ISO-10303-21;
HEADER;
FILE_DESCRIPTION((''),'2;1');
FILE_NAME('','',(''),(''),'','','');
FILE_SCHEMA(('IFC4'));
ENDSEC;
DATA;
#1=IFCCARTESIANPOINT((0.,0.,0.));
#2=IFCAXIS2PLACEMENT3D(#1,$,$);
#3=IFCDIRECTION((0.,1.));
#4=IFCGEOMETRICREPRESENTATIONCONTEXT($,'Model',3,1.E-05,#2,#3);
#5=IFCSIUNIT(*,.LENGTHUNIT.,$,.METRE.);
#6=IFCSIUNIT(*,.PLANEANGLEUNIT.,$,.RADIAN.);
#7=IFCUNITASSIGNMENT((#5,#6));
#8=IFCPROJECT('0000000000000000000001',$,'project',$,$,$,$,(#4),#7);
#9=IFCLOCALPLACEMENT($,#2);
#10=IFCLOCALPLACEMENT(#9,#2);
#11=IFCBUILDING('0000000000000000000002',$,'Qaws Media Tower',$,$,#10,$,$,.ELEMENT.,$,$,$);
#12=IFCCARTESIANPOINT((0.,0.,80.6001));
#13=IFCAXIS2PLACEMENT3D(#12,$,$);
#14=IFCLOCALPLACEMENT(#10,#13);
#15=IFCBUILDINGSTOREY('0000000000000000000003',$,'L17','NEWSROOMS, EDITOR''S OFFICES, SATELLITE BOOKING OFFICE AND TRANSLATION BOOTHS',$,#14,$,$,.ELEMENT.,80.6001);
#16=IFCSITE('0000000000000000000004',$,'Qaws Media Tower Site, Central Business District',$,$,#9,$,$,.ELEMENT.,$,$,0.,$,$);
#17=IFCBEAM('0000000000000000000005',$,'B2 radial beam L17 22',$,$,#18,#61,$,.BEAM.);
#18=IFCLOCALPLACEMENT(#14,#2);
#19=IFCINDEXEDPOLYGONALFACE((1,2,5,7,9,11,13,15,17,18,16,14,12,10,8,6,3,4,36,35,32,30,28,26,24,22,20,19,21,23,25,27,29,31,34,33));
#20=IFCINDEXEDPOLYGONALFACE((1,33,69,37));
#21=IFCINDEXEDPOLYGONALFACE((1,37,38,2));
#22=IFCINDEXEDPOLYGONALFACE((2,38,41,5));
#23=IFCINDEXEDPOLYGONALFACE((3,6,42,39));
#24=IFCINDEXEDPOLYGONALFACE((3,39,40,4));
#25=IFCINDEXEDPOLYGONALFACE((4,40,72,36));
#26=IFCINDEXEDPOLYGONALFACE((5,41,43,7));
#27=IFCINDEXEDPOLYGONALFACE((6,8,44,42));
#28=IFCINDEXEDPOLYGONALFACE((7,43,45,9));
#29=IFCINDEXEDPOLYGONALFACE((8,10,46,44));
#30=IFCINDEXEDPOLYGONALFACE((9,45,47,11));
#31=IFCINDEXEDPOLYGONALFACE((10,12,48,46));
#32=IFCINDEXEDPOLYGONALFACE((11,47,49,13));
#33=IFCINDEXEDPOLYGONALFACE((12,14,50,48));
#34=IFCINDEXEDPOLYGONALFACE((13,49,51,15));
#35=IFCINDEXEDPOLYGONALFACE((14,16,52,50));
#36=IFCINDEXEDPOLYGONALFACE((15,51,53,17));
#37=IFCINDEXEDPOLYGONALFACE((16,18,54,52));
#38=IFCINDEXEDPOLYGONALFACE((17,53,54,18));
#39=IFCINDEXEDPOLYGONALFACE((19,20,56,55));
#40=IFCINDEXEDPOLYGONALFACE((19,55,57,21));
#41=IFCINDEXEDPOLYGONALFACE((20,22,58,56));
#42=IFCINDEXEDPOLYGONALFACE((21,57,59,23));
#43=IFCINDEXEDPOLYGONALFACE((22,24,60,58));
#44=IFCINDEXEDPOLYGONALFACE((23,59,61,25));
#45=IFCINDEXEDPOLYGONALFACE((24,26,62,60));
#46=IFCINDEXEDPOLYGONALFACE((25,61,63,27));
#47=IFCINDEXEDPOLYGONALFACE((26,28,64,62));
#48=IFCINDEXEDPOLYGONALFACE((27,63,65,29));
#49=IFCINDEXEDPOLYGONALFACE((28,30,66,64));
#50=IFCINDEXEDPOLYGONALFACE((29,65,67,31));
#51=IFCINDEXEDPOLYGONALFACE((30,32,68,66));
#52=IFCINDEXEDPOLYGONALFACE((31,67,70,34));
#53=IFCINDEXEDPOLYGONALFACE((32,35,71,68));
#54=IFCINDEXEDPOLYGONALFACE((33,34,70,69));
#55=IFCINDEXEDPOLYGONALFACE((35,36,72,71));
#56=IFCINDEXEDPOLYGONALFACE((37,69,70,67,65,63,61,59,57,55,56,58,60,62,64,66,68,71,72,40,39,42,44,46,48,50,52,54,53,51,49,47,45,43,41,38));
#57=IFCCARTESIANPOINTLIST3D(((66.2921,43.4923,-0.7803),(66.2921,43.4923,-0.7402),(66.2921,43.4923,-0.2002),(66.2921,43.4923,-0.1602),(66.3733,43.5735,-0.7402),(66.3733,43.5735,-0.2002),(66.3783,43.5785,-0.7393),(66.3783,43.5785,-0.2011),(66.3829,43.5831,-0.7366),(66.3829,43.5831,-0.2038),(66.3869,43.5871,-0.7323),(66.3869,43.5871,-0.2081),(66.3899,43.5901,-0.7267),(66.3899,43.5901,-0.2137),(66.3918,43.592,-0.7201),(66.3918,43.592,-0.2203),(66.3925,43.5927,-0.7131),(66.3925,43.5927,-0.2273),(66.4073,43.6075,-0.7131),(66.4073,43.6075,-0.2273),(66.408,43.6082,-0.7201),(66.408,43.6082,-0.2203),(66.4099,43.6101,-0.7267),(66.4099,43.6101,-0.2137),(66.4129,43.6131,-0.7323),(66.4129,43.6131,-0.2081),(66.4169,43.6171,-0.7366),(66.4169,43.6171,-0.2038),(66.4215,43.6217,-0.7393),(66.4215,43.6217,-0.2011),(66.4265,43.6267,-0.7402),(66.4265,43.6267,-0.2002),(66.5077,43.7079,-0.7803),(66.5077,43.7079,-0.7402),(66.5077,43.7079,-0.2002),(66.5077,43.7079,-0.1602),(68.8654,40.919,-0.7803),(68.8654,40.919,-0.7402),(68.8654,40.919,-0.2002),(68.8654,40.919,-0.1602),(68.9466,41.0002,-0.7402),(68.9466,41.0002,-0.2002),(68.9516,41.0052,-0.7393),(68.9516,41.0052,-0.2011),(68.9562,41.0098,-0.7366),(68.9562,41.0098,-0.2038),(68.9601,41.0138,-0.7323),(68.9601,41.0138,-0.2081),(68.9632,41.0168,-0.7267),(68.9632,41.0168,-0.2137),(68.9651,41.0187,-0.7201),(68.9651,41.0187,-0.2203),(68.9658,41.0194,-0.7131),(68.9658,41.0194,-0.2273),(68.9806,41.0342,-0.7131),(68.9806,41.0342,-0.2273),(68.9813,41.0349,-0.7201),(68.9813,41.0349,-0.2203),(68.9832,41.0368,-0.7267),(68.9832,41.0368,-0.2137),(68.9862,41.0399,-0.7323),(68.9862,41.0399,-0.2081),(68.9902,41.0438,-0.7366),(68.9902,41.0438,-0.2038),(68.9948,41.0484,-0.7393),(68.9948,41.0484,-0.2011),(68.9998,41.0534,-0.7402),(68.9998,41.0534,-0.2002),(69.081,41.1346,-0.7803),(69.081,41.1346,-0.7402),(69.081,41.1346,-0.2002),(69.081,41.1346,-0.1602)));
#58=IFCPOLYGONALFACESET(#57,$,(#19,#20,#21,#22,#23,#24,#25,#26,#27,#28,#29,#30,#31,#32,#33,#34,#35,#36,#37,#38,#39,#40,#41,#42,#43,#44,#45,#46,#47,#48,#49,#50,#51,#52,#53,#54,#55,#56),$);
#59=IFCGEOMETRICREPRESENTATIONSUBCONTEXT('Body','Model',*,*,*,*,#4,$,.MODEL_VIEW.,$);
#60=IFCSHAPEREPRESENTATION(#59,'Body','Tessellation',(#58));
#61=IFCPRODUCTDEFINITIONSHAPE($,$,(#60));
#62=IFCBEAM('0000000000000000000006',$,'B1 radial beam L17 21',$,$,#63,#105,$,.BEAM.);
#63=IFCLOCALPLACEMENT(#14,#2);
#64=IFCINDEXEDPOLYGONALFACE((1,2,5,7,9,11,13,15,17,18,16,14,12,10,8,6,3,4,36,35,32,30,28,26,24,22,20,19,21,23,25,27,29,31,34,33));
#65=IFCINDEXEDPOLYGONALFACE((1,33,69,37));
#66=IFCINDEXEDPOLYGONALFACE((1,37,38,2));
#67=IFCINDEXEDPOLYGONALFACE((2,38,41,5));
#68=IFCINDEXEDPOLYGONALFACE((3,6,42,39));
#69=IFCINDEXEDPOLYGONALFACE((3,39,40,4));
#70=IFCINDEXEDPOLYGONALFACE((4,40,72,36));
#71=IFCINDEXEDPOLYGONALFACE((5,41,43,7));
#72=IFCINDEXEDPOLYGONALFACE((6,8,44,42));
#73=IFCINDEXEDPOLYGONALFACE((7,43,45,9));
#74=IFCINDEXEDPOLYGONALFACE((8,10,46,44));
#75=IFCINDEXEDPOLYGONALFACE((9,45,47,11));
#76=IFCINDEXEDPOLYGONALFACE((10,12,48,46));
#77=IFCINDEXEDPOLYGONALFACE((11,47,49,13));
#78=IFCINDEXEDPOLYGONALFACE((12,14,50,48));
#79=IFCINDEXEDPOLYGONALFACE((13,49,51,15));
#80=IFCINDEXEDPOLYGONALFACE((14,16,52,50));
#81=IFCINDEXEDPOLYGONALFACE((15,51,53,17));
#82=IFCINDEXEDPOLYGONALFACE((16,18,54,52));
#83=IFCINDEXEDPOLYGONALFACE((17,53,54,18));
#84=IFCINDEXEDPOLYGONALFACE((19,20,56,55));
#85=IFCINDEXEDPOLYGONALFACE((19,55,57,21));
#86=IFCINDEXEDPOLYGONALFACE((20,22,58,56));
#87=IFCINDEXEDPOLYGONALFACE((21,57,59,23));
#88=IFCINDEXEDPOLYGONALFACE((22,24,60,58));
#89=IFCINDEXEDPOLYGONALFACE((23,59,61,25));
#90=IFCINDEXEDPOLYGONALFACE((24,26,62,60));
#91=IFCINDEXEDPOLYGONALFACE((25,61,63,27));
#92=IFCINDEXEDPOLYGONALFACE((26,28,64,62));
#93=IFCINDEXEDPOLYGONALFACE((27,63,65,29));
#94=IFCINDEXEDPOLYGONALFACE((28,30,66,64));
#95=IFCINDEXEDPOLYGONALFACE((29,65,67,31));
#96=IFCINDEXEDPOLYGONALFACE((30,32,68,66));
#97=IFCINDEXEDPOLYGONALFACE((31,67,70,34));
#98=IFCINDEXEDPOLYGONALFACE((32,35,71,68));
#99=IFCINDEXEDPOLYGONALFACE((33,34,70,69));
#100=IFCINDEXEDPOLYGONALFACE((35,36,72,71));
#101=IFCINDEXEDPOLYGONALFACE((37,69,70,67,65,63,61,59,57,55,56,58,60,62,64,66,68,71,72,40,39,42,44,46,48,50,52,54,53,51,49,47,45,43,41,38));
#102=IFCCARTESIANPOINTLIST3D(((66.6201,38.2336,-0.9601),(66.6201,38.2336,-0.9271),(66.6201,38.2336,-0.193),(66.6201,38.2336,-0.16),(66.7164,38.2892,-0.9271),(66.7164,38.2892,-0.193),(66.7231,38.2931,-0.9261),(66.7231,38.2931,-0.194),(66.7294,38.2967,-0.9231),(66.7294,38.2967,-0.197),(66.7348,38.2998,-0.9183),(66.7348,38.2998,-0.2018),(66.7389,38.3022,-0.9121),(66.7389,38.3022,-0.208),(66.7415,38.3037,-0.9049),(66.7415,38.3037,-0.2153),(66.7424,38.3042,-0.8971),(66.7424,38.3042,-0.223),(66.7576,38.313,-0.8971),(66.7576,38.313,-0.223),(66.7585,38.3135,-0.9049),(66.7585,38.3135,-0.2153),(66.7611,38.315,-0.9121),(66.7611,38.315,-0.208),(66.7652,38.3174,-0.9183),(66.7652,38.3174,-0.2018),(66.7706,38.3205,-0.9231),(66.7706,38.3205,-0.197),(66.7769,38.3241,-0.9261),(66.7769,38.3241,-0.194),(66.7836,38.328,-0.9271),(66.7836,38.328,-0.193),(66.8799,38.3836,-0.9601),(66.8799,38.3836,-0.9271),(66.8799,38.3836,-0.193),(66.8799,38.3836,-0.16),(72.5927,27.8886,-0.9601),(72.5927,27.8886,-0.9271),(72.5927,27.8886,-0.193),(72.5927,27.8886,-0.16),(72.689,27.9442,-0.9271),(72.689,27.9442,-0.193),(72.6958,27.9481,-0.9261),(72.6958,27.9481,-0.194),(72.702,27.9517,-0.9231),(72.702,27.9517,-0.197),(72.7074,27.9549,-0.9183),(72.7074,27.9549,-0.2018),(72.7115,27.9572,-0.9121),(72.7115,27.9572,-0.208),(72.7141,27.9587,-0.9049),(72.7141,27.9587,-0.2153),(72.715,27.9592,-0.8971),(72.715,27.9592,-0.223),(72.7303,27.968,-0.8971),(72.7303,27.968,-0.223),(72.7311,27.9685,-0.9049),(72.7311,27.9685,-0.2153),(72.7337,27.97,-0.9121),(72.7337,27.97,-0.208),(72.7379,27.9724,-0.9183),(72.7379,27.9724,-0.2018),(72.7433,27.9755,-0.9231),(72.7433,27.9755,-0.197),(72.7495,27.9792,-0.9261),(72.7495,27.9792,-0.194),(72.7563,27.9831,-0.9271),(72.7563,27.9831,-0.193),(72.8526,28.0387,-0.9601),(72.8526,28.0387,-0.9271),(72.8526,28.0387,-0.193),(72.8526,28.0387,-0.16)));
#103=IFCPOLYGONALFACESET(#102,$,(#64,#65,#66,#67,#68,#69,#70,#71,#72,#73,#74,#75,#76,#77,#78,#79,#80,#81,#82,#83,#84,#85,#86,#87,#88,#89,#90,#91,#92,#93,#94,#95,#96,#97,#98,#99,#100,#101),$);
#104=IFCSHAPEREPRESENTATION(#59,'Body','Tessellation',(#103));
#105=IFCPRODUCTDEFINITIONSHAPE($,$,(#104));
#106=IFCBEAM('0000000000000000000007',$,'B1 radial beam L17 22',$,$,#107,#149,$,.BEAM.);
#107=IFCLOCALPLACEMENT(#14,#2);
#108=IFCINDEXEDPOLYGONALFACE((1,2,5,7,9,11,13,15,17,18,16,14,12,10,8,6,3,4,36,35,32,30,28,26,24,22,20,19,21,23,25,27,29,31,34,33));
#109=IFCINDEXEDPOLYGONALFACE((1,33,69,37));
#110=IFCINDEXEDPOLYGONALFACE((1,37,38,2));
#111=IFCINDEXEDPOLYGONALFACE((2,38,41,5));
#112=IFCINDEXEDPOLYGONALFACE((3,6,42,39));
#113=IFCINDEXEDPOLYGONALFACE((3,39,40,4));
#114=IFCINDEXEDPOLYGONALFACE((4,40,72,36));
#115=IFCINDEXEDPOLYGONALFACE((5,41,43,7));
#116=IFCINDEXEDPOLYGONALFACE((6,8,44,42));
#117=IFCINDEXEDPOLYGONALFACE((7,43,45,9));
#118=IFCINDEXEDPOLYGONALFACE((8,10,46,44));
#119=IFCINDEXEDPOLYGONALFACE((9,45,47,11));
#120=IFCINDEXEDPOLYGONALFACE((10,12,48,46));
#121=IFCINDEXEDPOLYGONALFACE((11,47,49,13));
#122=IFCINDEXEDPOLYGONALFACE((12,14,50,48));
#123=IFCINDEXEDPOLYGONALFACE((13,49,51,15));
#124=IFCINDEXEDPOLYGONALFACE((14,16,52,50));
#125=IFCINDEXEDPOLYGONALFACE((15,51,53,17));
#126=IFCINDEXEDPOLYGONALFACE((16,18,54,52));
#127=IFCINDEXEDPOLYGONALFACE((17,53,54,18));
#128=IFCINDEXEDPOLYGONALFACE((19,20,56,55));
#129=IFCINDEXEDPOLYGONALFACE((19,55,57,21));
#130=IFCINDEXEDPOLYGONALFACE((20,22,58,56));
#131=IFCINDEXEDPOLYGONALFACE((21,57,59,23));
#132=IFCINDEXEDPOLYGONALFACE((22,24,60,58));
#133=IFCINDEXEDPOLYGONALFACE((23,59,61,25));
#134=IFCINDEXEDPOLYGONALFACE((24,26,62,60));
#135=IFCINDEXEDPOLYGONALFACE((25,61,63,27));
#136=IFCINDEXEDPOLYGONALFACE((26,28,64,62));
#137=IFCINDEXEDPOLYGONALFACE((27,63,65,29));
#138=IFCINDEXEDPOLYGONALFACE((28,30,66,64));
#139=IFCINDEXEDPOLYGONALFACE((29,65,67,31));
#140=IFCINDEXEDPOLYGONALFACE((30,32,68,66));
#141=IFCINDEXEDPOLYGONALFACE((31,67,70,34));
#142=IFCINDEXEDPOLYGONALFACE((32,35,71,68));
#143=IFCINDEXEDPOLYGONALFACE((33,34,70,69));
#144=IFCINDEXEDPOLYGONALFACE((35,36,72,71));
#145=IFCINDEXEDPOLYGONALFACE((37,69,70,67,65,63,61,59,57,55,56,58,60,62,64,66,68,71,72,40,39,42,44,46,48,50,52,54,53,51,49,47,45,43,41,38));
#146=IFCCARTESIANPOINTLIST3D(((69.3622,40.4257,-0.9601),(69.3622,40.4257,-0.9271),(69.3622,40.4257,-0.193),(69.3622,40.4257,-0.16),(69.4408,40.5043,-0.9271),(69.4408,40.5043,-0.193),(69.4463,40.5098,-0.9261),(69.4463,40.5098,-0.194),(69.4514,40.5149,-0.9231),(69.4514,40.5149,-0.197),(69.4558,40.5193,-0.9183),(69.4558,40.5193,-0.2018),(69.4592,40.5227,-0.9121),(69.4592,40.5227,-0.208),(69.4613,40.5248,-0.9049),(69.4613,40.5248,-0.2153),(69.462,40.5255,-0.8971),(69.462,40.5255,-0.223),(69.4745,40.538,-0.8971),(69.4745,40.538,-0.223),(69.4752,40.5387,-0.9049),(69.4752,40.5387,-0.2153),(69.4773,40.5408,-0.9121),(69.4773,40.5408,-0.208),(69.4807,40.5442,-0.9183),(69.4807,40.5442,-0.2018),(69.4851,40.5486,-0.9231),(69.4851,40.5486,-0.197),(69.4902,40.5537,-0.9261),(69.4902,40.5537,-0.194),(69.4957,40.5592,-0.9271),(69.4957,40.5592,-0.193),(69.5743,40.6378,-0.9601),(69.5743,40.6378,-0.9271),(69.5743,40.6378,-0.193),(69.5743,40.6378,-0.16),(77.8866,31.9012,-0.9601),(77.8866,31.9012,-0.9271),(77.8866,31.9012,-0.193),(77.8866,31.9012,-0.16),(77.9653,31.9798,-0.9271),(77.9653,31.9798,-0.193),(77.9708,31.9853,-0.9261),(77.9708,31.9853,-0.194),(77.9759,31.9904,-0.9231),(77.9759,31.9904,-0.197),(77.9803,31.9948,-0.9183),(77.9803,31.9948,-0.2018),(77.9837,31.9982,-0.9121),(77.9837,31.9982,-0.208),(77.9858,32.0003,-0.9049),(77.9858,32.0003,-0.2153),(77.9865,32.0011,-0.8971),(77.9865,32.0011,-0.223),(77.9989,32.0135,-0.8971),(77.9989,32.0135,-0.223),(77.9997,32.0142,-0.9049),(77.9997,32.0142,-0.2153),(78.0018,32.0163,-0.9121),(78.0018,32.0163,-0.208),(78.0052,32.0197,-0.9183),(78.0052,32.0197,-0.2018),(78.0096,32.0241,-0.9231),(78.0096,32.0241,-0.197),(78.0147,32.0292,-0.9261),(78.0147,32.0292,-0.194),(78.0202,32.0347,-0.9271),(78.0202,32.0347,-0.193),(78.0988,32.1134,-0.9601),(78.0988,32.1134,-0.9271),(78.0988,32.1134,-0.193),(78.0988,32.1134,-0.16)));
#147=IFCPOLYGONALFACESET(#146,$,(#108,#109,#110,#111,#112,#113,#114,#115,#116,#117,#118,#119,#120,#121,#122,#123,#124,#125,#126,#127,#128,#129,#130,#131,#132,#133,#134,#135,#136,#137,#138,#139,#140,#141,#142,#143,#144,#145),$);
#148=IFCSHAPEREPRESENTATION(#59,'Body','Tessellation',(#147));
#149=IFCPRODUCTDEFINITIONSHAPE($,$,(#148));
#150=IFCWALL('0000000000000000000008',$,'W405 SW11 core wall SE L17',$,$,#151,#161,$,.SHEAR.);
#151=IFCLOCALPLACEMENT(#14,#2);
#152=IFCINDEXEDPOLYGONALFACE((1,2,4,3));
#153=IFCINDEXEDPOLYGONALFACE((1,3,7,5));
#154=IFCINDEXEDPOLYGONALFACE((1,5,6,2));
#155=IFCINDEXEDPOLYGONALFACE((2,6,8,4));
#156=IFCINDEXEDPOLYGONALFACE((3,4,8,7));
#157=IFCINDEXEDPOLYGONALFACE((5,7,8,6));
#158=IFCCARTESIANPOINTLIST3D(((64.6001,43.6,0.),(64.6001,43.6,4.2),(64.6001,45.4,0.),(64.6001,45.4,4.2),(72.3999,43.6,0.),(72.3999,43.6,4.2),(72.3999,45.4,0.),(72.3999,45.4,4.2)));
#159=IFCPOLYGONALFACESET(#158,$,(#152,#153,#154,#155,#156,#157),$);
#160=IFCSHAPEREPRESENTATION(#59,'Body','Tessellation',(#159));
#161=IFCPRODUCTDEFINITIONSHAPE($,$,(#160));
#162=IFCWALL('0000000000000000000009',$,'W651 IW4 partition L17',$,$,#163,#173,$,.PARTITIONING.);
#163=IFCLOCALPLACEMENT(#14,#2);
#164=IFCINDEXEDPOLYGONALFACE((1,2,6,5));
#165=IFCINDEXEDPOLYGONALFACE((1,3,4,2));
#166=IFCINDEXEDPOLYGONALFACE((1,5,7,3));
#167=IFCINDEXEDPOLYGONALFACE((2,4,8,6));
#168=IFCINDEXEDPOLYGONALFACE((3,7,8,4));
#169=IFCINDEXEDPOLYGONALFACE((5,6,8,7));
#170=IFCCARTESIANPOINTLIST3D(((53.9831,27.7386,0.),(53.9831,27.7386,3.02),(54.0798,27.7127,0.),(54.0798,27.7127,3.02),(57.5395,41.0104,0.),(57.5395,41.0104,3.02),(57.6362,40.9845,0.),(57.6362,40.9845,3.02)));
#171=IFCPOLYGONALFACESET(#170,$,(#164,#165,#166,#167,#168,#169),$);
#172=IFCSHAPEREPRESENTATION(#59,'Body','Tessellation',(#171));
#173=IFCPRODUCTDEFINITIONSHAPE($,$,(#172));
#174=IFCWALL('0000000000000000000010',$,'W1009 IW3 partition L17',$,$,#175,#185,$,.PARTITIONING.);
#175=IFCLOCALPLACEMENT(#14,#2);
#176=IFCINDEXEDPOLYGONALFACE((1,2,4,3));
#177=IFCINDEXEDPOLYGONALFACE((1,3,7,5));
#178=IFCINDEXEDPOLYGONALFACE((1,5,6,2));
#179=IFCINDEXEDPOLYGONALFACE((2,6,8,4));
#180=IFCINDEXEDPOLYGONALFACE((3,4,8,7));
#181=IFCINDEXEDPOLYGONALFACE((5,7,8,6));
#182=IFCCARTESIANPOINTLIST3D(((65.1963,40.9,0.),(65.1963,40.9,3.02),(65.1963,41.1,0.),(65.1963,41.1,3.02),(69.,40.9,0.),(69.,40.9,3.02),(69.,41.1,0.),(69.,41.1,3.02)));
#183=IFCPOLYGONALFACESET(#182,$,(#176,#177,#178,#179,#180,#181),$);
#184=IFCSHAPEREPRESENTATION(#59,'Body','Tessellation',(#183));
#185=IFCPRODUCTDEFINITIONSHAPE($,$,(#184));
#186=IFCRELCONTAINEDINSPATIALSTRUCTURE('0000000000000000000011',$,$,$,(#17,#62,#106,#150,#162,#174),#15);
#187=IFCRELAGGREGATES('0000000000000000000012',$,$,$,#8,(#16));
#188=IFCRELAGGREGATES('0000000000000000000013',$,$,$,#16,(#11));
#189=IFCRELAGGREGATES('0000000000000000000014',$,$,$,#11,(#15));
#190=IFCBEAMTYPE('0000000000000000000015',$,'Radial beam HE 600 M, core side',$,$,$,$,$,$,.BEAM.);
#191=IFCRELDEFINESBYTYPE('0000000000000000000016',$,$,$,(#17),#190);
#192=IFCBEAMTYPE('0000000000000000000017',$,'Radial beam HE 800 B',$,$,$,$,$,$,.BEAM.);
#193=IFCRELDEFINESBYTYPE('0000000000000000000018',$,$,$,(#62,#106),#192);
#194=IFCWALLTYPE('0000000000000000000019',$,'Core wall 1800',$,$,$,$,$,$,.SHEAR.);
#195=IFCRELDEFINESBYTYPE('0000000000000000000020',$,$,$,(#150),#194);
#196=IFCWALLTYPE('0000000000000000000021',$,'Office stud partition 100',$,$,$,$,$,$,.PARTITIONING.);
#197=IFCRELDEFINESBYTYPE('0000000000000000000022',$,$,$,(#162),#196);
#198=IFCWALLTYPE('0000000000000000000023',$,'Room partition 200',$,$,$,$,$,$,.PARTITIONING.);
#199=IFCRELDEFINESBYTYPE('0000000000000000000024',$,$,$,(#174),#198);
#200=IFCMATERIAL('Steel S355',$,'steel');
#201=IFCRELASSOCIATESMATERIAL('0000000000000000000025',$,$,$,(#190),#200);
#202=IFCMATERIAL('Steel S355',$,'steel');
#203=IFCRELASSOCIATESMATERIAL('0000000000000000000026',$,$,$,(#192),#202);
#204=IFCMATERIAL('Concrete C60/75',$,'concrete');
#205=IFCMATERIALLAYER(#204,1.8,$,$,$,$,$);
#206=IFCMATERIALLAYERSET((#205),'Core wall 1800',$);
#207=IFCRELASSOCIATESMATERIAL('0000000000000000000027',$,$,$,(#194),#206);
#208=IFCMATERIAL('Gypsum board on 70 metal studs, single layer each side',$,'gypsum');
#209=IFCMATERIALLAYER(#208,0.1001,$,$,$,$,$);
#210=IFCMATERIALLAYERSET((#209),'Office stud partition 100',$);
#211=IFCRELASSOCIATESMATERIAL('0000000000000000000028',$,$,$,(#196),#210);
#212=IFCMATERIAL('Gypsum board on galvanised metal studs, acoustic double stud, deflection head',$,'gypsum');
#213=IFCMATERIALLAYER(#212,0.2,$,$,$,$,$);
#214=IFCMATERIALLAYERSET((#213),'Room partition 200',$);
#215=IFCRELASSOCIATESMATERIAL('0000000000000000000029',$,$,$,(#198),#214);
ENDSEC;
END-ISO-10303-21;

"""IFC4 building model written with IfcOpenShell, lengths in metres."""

from ifc_helpers import new_model, si_unit, direction, frame, frame_2d, origin, origin_2d, place, context, subcontext, project, spatial, rectangle, i_section, extrude, material, layer, layer_set, material_profile, profile_set, type_object, element, save


model = new_model("IFC4")

# Units and contexts
model_context = context("Model", 3, precision=1e-05, world=origin(), true_north=direction((0.0, 1.0)))
body_context = subcontext(model_context, "Body", "Model", "MODEL_VIEW")
ifc_project = project(units=[si_unit("LENGTHUNIT", "METRE"), si_unit("PLANEANGLEUNIT", "RADIAN")], contexts=[model_context])

# Site, building, storey
site_placement = place(None, origin())
site = spatial("IfcSite", under=ifc_project, at=site_placement, Name="Qaws Media Tower Site, Central Business District", CompositionType="ELEMENT", RefElevation=0.0)
building_placement = place(site_placement, origin())
building = spatial("IfcBuilding", under=site, at=building_placement, Name="Qaws Media Tower", CompositionType="ELEMENT")
storey_placement = place(building_placement, frame((0.0, 0.0, 80.6001)))
storey = spatial("IfcBuildingStorey", under=building, at=storey_placement, Name="L17", Description="NEWSROOMS, EDITOR'S OFFICES, SATELLITE BOOKING OFFICE AND TRANSLATION BOOTHS", CompositionType="ELEMENT", Elevation=80.6001)

# Beams
ifc_material_1 = material(Name="Steel S355", Category="steel")
ifc_material_profile_1 = material_profile(ifc_material_1, i_section(OverallWidth=0.3049, OverallDepth=0.6201, WebThickness=0.021, FlangeThickness=0.04, FilletRadius=0.0271, at=origin_2d()), Name="HE 600 M")
ifc_profile_set_1 = profile_set([ifc_material_profile_1], Name="Steel S355")
beam_type_1 = type_object("IfcBeamType", Name="Radial beam HE 600 M, core side", PredefinedType="BEAM", material=ifc_profile_set_1)
beam_1_placement = place(storey_placement, frame((66.3999, 43.6001, -0.4702), z_axis=(0.707107, -0.707107, 0.0), x_axis=(0.707107, 0.707107, 0.0)))
element("IfcBeam", 1, at=beam_1_placement, inside=storey, type_object=beam_type_1, Name="B2 radial beam L17 22", PredefinedType="BEAM", context=body_context, shape_type="SweptSolid", body=[
    extrude(i_section(OverallWidth=0.3049, OverallDepth=0.6201, WebThickness=0.021, FlangeThickness=0.04, FilletRadius=0.0271, at=origin_2d()), origin(), (0.0, 0.0, 1.0), 3.6392),
])
ifc_material_2 = material(Name="Steel S355", Category="steel")
ifc_material_profile_2 = material_profile(ifc_material_2, i_section(OverallWidth=0.3, OverallDepth=0.8, WebThickness=0.0176, FlangeThickness=0.033, FilletRadius=0.03, at=origin_2d()), Name="HE 800 B")
ifc_profile_set_2 = profile_set([ifc_material_profile_2], Name="Steel S355")
beam_type_2 = type_object("IfcBeamType", Name="Radial beam HE 800 B", PredefinedType="BEAM", material=ifc_profile_set_2)
beam_2_placement = place(storey_placement, frame((66.75, 38.3086, -0.5601), z_axis=(0.499999, -0.866026, 0.0), x_axis=(0.866026, 0.499999, 0.0)))
element("IfcBeam", 2, at=beam_2_placement, inside=storey, type_object=beam_type_2, Name="B1 radial beam L17 21", PredefinedType="BEAM", context=body_context, shape_type="SweptSolid", body=[
    extrude(i_section(OverallWidth=0.3, OverallDepth=0.8, WebThickness=0.0176, FlangeThickness=0.033, FilletRadius=0.03, at=origin_2d()), origin(), (0.0, 0.0, 1.0), 11.9453),
])
beam_3_placement = place(storey_placement, frame((69.4683, 40.5317, -0.5601), z_axis=(0.707107, -0.707107, 0.0), x_axis=(0.707107, 0.707107, 0.0)))
element("IfcBeam", 3, at=beam_3_placement, inside=storey, type_object=beam_type_2, Name="B1 radial beam L17 22", PredefinedType="BEAM", context=body_context, shape_type="SweptSolid", body=[
    extrude(i_section(OverallWidth=0.3, OverallDepth=0.8, WebThickness=0.0176, FlangeThickness=0.033, FilletRadius=0.03, at=origin_2d()), origin(), (0.0, 0.0, 1.0), 12.0554),
])

# Walls
ifc_material_3 = material(Name="Concrete C60/75", Category="concrete")
ifc_layer_1 = layer(ifc_material_3, 1.8)
ifc_layer_set_1 = layer_set([ifc_layer_1], Name="Core wall 1800")
wall_type_1 = type_object("IfcWallType", Name="Core wall 1800", PredefinedType="SHEAR", material=ifc_layer_set_1)
wall_1_placement = place(storey_placement, frame((64.6001, 44.5, 0.0), z_axis=(0.0, 0.0, 1.0), x_axis=(1.0, 0.0, 0.0)))
element("IfcWall", 4, at=wall_1_placement, inside=storey, type_object=wall_type_1, Name="W405 SW11 core wall SE L17", PredefinedType="SHEAR", context=body_context, shape_type="SweptSolid", body=[
    extrude(rectangle(XDim=7.7998, YDim=1.8, at=frame_2d((3.8999, 0.0))), origin(), (0.0, 0.0, 1.0), 4.2),
])
ifc_material_4 = material(Name="Gypsum board on 70 metal studs, single layer each side", Category="gypsum")
ifc_layer_2 = layer(ifc_material_4, 0.1001)
ifc_layer_set_2 = layer_set([ifc_layer_2], Name="Office stud partition 100")
wall_type_2 = type_object("IfcWallType", Name="Office stud partition 100", PredefinedType="PARTITIONING", material=ifc_layer_set_2)
wall_2_placement = place(storey_placement, frame((57.5879, 40.9976, 0.0), z_axis=(0.0, 0.0, 1.0), x_axis=(-0.258836, -0.965921, 0.0)))
element("IfcWall", 5, at=wall_2_placement, inside=storey, type_object=wall_type_2, Name="W651 IW4 partition L17", PredefinedType="PARTITIONING", context=body_context, shape_type="SweptSolid", body=[
    extrude(rectangle(XDim=13.74, YDim=0.1001, at=frame_2d((6.8701, 0.0))), origin(), (0.0, 0.0, 1.0), 3.02),
])
ifc_material_5 = material(Name="Gypsum board on galvanised metal studs, acoustic double stud, deflection head", Category="gypsum")
ifc_layer_3 = layer(ifc_material_5, 0.2)
ifc_layer_set_3 = layer_set([ifc_layer_3], Name="Room partition 200")
wall_type_3 = type_object("IfcWallType", Name="Room partition 200", PredefinedType="PARTITIONING", material=ifc_layer_set_3)
wall_3_placement = place(storey_placement, frame((69.0, 41.0, 0.0), z_axis=(0.0, 0.0, 1.0), x_axis=(-1.0, 0.0, 0.0)))
element("IfcWall", 6, at=wall_3_placement, inside=storey, type_object=wall_type_3, Name="W1009 IW3 partition L17", PredefinedType="PARTITIONING", context=body_context, shape_type="SweptSolid", body=[
    extrude(rectangle(XDim=3.8037, YDim=0.2, at=frame_2d((1.9019, 0.0))), origin(), (0.0, 0.0, 1.0), 3.02),
])

save(model, "model.ifc")
